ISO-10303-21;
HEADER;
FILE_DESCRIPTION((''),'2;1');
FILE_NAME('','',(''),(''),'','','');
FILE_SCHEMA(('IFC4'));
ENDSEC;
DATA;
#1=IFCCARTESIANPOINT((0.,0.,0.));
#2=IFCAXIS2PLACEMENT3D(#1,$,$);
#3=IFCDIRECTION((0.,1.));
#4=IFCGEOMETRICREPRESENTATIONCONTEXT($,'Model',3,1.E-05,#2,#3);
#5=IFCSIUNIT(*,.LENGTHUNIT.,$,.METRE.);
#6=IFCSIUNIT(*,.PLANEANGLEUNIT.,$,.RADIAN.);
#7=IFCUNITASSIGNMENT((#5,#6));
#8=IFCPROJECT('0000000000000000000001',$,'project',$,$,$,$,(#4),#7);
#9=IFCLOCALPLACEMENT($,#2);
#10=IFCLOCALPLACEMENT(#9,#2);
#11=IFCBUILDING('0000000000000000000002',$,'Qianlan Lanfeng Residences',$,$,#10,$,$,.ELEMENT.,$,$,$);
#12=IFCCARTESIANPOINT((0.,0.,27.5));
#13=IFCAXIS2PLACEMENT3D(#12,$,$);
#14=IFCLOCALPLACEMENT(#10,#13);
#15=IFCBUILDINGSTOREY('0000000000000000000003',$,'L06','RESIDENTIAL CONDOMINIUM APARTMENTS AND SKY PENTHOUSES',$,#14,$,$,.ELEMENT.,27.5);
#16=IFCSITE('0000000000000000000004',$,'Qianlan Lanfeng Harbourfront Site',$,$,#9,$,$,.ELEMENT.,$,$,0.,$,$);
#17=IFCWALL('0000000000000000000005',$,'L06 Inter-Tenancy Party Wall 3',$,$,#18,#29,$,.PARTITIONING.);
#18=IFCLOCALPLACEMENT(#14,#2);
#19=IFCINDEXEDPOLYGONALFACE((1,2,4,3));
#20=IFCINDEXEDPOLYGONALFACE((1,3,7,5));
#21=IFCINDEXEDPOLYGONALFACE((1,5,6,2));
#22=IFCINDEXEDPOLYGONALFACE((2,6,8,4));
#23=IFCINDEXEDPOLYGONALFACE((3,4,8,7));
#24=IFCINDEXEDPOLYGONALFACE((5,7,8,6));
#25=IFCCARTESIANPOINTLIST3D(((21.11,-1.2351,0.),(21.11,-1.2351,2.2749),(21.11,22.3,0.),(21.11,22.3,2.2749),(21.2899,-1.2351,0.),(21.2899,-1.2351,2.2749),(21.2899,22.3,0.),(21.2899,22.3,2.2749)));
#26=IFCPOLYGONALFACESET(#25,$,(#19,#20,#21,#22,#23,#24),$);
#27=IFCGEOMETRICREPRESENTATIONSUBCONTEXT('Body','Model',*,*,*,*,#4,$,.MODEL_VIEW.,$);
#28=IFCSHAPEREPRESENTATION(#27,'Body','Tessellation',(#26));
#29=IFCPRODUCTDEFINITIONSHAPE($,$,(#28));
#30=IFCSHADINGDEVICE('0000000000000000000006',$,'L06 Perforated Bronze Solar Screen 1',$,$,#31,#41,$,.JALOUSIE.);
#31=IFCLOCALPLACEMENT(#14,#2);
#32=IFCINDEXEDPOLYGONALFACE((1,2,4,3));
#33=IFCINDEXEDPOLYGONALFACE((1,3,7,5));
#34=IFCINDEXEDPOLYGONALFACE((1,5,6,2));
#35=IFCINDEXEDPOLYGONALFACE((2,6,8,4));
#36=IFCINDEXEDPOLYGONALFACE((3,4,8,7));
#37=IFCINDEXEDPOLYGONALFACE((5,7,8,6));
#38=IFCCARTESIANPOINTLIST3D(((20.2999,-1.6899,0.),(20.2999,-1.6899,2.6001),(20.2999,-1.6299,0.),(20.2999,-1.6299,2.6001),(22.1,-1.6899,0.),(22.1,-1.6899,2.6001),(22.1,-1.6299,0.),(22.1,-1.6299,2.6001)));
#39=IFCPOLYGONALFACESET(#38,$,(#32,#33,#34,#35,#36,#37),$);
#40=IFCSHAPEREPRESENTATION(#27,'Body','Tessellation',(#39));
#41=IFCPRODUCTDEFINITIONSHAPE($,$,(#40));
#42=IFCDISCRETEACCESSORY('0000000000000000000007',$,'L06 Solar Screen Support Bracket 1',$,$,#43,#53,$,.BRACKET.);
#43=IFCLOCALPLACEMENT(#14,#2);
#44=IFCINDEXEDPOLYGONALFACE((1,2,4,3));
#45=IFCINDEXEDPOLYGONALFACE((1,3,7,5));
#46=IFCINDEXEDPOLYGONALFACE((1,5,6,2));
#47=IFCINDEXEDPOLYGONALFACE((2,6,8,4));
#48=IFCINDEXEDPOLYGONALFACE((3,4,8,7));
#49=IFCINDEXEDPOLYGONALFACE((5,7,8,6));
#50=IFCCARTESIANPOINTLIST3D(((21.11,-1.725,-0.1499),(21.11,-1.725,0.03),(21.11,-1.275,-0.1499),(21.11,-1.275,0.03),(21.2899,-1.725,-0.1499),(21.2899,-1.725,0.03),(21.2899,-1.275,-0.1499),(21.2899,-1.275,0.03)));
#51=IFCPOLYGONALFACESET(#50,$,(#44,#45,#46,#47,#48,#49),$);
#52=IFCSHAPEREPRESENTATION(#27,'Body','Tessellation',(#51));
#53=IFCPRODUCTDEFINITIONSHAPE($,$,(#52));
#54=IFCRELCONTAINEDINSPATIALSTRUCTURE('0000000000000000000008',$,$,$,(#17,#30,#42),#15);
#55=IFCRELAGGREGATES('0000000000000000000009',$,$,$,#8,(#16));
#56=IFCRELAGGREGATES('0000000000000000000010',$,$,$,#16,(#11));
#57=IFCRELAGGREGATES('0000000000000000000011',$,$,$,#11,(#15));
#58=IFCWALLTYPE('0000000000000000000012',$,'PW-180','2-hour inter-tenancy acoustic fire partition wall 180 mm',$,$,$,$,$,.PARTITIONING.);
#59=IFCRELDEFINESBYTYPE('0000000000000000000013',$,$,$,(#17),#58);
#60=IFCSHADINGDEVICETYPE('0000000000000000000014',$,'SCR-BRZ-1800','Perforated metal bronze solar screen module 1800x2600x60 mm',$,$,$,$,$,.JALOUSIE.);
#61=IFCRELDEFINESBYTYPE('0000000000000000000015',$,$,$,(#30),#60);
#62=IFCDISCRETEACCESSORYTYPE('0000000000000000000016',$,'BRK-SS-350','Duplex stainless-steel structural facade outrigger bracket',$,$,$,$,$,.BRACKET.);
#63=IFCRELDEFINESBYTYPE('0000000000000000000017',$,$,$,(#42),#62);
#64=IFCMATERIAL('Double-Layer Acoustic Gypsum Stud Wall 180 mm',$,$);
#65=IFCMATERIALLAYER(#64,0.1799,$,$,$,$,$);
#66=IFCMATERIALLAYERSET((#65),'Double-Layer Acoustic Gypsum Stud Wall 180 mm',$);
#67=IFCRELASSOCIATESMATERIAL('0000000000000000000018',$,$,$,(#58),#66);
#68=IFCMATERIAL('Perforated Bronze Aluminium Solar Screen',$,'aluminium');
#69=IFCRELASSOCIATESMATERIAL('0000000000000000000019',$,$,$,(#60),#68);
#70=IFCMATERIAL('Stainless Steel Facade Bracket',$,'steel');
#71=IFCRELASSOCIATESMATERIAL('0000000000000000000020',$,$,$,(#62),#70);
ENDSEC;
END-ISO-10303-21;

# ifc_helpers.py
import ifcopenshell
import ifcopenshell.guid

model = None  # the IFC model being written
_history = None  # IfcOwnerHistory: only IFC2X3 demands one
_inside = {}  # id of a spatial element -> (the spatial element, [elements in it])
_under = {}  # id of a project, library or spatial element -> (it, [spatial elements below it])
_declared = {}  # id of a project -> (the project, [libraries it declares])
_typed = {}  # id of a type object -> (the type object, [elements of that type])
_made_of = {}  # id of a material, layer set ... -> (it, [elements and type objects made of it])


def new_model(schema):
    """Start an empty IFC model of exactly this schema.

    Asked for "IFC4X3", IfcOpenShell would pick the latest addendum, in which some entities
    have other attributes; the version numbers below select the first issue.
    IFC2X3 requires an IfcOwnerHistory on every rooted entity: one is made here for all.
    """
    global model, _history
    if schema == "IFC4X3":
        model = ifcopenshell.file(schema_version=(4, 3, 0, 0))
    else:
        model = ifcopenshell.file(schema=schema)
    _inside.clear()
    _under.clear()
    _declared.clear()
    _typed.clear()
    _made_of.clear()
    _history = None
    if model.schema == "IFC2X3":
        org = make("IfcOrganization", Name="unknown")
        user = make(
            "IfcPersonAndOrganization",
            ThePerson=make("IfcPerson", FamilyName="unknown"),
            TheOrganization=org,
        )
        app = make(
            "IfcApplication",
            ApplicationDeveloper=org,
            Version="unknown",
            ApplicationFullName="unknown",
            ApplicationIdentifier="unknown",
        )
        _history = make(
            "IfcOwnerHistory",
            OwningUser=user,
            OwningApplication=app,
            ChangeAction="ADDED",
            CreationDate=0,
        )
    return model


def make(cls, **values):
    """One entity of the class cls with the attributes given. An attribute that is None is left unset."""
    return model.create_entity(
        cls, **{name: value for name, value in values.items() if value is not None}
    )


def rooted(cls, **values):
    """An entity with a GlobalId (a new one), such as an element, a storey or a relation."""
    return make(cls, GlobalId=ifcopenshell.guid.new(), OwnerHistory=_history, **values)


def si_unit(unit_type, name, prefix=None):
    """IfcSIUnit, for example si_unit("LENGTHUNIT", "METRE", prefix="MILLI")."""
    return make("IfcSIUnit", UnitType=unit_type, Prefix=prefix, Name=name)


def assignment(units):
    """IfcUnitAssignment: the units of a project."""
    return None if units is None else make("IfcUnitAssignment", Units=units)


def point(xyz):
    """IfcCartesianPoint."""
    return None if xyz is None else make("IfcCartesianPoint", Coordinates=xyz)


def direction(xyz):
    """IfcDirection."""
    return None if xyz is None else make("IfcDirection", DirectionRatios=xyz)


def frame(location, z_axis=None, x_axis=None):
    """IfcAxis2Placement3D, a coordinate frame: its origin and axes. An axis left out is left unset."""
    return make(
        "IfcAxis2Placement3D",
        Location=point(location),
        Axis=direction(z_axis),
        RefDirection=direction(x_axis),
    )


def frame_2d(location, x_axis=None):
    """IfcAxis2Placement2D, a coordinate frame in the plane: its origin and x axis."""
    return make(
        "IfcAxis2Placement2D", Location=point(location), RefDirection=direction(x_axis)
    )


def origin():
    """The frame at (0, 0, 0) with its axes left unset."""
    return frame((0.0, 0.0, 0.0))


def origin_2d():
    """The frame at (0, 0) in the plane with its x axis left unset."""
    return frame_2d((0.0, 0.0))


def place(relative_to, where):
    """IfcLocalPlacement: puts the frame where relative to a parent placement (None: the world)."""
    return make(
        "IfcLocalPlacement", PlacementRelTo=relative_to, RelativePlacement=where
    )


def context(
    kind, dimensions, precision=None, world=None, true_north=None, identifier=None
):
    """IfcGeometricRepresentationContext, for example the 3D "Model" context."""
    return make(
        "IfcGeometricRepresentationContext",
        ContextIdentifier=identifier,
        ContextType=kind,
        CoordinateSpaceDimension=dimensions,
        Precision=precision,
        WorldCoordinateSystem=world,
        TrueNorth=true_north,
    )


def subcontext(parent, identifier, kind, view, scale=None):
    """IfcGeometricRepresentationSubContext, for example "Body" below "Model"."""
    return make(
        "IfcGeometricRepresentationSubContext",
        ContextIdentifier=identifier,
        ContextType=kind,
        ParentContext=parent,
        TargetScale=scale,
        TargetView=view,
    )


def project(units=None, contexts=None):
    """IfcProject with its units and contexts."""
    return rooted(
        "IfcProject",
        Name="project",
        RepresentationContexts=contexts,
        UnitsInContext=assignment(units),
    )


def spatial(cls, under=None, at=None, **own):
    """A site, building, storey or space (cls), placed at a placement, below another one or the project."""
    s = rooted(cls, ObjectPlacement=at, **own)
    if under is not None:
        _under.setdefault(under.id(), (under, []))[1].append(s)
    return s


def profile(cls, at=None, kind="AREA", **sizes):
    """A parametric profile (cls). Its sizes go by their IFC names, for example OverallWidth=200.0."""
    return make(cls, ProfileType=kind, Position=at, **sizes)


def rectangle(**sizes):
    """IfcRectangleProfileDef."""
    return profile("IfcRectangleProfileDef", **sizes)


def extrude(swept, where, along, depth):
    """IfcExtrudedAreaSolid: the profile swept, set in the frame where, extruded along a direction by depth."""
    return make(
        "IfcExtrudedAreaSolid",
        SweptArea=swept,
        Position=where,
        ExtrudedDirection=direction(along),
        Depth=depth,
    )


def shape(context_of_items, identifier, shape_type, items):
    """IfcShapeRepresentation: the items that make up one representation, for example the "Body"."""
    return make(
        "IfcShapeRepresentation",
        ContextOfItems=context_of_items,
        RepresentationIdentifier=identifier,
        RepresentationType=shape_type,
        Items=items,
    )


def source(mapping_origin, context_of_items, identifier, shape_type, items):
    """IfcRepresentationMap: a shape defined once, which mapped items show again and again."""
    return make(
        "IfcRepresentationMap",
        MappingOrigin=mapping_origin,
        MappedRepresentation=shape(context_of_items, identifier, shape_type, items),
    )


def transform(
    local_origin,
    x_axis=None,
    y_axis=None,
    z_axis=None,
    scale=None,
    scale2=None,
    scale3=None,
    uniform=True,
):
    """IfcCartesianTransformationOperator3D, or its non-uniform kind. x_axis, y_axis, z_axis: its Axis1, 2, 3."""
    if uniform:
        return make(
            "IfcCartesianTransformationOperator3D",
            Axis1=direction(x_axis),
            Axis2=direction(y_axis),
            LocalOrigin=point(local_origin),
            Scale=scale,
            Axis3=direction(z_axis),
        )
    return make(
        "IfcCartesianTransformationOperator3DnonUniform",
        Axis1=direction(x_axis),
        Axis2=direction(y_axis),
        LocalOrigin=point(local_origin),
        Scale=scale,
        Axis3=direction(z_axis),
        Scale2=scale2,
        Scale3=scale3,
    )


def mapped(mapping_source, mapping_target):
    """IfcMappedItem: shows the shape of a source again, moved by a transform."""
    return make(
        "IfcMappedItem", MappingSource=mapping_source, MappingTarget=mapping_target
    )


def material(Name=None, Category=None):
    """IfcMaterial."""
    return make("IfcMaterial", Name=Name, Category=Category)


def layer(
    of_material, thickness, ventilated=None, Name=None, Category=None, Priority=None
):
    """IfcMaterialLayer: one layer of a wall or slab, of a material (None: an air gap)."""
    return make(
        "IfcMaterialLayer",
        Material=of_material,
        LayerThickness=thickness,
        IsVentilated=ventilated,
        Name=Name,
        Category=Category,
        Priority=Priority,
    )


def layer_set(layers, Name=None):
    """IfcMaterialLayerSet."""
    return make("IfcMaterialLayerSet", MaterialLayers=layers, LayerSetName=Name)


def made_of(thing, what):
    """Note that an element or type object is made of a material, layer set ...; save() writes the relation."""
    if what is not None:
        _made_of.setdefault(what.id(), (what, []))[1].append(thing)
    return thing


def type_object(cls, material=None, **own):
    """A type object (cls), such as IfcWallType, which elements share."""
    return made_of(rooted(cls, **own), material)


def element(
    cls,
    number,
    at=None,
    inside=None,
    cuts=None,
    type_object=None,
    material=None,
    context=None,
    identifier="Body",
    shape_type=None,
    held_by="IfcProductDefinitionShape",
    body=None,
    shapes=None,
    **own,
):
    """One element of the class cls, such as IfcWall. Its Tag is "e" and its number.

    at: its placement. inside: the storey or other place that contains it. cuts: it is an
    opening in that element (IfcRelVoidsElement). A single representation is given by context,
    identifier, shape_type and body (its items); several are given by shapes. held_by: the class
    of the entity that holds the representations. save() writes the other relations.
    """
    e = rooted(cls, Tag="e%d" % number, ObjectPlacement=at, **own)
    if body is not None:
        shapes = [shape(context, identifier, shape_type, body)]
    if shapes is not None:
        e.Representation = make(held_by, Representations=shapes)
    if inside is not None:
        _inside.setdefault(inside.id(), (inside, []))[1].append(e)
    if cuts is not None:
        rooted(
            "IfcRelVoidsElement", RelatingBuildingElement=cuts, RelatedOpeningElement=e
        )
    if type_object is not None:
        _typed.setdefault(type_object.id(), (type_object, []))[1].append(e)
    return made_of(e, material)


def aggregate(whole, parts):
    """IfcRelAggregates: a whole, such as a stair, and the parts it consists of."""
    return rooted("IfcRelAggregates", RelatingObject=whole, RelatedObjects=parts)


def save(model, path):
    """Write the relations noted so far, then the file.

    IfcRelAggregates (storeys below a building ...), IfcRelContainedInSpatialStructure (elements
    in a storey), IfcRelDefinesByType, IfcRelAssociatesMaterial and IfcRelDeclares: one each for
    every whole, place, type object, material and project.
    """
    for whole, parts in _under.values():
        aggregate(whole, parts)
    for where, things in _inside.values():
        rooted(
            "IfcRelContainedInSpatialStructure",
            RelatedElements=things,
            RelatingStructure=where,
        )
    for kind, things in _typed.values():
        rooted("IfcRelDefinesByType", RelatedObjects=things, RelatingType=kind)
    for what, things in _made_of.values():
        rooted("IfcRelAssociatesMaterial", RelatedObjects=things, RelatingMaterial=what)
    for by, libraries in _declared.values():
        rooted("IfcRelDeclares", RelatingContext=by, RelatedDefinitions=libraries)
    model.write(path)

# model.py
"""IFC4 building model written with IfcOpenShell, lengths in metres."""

from ifc_helpers import new_model, si_unit, direction, frame, frame_2d, origin, origin_2d, place, context, subcontext, project, spatial, rectangle, extrude, source, transform, mapped, material, layer, layer_set, type_object, element, save


model = new_model("IFC4")

# Units and contexts
model_context = context("Model", 3, precision=1e-05, world=origin(), true_north=direction((0.0, 1.0)))
body_context = subcontext(model_context, "Body", "Model", "MODEL_VIEW")
ifc_project = project(units=[si_unit("LENGTHUNIT", "METRE"), si_unit("PLANEANGLEUNIT", "RADIAN")], contexts=[model_context])

# Site, building, storey
site_placement = place(None, origin())
site = spatial("IfcSite", under=ifc_project, at=site_placement, Name="Qianlan Lanfeng Harbourfront Site", CompositionType="ELEMENT", RefElevation=0.0)
building_placement = place(site_placement, origin())
building = spatial("IfcBuilding", under=site, at=building_placement, Name="Qianlan Lanfeng Residences", CompositionType="ELEMENT")
storey_placement = place(building_placement, frame((0.0, 0.0, 27.5)))
storey = spatial("IfcBuildingStorey", under=building, at=storey_placement, Name="L06", Description="RESIDENTIAL CONDOMINIUM APARTMENTS AND SKY PENTHOUSES", CompositionType="ELEMENT", Elevation=27.5)

# Wall
ifc_material_1 = material(Name="Double-Layer Acoustic Gypsum Stud Wall 180 mm")
ifc_layer_1 = layer(ifc_material_1, 0.1799)
ifc_layer_set_1 = layer_set([ifc_layer_1], Name="Double-Layer Acoustic Gypsum Stud Wall 180 mm")
wall_type_1 = type_object("IfcWallType", Name="PW-180", Description="2-hour inter-tenancy acoustic fire partition wall 180 mm", PredefinedType="PARTITIONING", material=ifc_layer_set_1)
wall_1_placement = place(storey_placement, frame((21.2, -1.2351, 0.0), z_axis=(0.0, 0.0, 1.0), x_axis=(0.0, 1.0, 0.0)))
element("IfcWall", 1, at=wall_1_placement, inside=storey, type_object=wall_type_1, Name="L06 Inter-Tenancy Party Wall 3", PredefinedType="PARTITIONING", context=body_context, shape_type="SweptSolid", body=[
    extrude(rectangle(XDim=23.5352, YDim=0.1799, at=frame_2d((11.7676, 0.0))), origin(), (0.0, 0.0, 1.0), 2.2749),
])

# Shading device
ifc_material_2 = material(Name="Perforated Bronze Aluminium Solar Screen", Category="aluminium")
shading_device_type = type_object("IfcShadingDeviceType", Name="SCR-BRZ-1800", Description="Perforated metal bronze solar screen module 1800x2600x60 mm", PredefinedType="JALOUSIE", material=ifc_material_2)
shared_shape_1 = source(origin(), body_context, "Body", "SweptSolid", [
    extrude(rectangle(XDim=1.8, YDim=0.0601, at=origin_2d()), origin(), (0.0, 0.0, 1.0), 2.6001),
])
shading_device_placement = place(storey_placement, frame((21.2, -1.6599, 0.0), z_axis=(0.0, 0.0, 1.0), x_axis=(1.0, 0.0, 0.0)))
element("IfcShadingDevice", 2, at=shading_device_placement, inside=storey, type_object=shading_device_type, Name="L06 Perforated Bronze Solar Screen 1", PredefinedType="JALOUSIE", context=body_context, shape_type="MappedRepresentation", body=[
    mapped(shared_shape_1, transform((0.0, 0.0, 0.0), scale=1.0)),
])

# Discrete accessory
ifc_material_3 = material(Name="Stainless Steel Facade Bracket", Category="steel")
discrete_accessory_type = type_object("IfcDiscreteAccessoryType", Name="BRK-SS-350", Description="Duplex stainless-steel structural facade outrigger bracket", PredefinedType="BRACKET", material=ifc_material_3)
shared_shape_2 = source(origin(), body_context, "Body", "SweptSolid", [
    extrude(rectangle(XDim=0.1799, YDim=0.45, at=origin_2d()), origin(), (0.0, 0.0, 1.0), 0.1799),
])
discrete_accessory_placement = place(storey_placement, frame((21.2, -1.5, -0.1499), z_axis=(0.0, 0.0, 1.0), x_axis=(1.0, 0.0, 0.0)))
element("IfcDiscreteAccessory", 3, at=discrete_accessory_placement, inside=storey, type_object=discrete_accessory_type, Name="L06 Solar Screen Support Bracket 1", PredefinedType="BRACKET", context=body_context, shape_type="MappedRepresentation", body=[
    mapped(shared_shape_2, transform((0.0, 0.0, 0.0), scale=1.0)),
])

save(model, "model.ifc")
